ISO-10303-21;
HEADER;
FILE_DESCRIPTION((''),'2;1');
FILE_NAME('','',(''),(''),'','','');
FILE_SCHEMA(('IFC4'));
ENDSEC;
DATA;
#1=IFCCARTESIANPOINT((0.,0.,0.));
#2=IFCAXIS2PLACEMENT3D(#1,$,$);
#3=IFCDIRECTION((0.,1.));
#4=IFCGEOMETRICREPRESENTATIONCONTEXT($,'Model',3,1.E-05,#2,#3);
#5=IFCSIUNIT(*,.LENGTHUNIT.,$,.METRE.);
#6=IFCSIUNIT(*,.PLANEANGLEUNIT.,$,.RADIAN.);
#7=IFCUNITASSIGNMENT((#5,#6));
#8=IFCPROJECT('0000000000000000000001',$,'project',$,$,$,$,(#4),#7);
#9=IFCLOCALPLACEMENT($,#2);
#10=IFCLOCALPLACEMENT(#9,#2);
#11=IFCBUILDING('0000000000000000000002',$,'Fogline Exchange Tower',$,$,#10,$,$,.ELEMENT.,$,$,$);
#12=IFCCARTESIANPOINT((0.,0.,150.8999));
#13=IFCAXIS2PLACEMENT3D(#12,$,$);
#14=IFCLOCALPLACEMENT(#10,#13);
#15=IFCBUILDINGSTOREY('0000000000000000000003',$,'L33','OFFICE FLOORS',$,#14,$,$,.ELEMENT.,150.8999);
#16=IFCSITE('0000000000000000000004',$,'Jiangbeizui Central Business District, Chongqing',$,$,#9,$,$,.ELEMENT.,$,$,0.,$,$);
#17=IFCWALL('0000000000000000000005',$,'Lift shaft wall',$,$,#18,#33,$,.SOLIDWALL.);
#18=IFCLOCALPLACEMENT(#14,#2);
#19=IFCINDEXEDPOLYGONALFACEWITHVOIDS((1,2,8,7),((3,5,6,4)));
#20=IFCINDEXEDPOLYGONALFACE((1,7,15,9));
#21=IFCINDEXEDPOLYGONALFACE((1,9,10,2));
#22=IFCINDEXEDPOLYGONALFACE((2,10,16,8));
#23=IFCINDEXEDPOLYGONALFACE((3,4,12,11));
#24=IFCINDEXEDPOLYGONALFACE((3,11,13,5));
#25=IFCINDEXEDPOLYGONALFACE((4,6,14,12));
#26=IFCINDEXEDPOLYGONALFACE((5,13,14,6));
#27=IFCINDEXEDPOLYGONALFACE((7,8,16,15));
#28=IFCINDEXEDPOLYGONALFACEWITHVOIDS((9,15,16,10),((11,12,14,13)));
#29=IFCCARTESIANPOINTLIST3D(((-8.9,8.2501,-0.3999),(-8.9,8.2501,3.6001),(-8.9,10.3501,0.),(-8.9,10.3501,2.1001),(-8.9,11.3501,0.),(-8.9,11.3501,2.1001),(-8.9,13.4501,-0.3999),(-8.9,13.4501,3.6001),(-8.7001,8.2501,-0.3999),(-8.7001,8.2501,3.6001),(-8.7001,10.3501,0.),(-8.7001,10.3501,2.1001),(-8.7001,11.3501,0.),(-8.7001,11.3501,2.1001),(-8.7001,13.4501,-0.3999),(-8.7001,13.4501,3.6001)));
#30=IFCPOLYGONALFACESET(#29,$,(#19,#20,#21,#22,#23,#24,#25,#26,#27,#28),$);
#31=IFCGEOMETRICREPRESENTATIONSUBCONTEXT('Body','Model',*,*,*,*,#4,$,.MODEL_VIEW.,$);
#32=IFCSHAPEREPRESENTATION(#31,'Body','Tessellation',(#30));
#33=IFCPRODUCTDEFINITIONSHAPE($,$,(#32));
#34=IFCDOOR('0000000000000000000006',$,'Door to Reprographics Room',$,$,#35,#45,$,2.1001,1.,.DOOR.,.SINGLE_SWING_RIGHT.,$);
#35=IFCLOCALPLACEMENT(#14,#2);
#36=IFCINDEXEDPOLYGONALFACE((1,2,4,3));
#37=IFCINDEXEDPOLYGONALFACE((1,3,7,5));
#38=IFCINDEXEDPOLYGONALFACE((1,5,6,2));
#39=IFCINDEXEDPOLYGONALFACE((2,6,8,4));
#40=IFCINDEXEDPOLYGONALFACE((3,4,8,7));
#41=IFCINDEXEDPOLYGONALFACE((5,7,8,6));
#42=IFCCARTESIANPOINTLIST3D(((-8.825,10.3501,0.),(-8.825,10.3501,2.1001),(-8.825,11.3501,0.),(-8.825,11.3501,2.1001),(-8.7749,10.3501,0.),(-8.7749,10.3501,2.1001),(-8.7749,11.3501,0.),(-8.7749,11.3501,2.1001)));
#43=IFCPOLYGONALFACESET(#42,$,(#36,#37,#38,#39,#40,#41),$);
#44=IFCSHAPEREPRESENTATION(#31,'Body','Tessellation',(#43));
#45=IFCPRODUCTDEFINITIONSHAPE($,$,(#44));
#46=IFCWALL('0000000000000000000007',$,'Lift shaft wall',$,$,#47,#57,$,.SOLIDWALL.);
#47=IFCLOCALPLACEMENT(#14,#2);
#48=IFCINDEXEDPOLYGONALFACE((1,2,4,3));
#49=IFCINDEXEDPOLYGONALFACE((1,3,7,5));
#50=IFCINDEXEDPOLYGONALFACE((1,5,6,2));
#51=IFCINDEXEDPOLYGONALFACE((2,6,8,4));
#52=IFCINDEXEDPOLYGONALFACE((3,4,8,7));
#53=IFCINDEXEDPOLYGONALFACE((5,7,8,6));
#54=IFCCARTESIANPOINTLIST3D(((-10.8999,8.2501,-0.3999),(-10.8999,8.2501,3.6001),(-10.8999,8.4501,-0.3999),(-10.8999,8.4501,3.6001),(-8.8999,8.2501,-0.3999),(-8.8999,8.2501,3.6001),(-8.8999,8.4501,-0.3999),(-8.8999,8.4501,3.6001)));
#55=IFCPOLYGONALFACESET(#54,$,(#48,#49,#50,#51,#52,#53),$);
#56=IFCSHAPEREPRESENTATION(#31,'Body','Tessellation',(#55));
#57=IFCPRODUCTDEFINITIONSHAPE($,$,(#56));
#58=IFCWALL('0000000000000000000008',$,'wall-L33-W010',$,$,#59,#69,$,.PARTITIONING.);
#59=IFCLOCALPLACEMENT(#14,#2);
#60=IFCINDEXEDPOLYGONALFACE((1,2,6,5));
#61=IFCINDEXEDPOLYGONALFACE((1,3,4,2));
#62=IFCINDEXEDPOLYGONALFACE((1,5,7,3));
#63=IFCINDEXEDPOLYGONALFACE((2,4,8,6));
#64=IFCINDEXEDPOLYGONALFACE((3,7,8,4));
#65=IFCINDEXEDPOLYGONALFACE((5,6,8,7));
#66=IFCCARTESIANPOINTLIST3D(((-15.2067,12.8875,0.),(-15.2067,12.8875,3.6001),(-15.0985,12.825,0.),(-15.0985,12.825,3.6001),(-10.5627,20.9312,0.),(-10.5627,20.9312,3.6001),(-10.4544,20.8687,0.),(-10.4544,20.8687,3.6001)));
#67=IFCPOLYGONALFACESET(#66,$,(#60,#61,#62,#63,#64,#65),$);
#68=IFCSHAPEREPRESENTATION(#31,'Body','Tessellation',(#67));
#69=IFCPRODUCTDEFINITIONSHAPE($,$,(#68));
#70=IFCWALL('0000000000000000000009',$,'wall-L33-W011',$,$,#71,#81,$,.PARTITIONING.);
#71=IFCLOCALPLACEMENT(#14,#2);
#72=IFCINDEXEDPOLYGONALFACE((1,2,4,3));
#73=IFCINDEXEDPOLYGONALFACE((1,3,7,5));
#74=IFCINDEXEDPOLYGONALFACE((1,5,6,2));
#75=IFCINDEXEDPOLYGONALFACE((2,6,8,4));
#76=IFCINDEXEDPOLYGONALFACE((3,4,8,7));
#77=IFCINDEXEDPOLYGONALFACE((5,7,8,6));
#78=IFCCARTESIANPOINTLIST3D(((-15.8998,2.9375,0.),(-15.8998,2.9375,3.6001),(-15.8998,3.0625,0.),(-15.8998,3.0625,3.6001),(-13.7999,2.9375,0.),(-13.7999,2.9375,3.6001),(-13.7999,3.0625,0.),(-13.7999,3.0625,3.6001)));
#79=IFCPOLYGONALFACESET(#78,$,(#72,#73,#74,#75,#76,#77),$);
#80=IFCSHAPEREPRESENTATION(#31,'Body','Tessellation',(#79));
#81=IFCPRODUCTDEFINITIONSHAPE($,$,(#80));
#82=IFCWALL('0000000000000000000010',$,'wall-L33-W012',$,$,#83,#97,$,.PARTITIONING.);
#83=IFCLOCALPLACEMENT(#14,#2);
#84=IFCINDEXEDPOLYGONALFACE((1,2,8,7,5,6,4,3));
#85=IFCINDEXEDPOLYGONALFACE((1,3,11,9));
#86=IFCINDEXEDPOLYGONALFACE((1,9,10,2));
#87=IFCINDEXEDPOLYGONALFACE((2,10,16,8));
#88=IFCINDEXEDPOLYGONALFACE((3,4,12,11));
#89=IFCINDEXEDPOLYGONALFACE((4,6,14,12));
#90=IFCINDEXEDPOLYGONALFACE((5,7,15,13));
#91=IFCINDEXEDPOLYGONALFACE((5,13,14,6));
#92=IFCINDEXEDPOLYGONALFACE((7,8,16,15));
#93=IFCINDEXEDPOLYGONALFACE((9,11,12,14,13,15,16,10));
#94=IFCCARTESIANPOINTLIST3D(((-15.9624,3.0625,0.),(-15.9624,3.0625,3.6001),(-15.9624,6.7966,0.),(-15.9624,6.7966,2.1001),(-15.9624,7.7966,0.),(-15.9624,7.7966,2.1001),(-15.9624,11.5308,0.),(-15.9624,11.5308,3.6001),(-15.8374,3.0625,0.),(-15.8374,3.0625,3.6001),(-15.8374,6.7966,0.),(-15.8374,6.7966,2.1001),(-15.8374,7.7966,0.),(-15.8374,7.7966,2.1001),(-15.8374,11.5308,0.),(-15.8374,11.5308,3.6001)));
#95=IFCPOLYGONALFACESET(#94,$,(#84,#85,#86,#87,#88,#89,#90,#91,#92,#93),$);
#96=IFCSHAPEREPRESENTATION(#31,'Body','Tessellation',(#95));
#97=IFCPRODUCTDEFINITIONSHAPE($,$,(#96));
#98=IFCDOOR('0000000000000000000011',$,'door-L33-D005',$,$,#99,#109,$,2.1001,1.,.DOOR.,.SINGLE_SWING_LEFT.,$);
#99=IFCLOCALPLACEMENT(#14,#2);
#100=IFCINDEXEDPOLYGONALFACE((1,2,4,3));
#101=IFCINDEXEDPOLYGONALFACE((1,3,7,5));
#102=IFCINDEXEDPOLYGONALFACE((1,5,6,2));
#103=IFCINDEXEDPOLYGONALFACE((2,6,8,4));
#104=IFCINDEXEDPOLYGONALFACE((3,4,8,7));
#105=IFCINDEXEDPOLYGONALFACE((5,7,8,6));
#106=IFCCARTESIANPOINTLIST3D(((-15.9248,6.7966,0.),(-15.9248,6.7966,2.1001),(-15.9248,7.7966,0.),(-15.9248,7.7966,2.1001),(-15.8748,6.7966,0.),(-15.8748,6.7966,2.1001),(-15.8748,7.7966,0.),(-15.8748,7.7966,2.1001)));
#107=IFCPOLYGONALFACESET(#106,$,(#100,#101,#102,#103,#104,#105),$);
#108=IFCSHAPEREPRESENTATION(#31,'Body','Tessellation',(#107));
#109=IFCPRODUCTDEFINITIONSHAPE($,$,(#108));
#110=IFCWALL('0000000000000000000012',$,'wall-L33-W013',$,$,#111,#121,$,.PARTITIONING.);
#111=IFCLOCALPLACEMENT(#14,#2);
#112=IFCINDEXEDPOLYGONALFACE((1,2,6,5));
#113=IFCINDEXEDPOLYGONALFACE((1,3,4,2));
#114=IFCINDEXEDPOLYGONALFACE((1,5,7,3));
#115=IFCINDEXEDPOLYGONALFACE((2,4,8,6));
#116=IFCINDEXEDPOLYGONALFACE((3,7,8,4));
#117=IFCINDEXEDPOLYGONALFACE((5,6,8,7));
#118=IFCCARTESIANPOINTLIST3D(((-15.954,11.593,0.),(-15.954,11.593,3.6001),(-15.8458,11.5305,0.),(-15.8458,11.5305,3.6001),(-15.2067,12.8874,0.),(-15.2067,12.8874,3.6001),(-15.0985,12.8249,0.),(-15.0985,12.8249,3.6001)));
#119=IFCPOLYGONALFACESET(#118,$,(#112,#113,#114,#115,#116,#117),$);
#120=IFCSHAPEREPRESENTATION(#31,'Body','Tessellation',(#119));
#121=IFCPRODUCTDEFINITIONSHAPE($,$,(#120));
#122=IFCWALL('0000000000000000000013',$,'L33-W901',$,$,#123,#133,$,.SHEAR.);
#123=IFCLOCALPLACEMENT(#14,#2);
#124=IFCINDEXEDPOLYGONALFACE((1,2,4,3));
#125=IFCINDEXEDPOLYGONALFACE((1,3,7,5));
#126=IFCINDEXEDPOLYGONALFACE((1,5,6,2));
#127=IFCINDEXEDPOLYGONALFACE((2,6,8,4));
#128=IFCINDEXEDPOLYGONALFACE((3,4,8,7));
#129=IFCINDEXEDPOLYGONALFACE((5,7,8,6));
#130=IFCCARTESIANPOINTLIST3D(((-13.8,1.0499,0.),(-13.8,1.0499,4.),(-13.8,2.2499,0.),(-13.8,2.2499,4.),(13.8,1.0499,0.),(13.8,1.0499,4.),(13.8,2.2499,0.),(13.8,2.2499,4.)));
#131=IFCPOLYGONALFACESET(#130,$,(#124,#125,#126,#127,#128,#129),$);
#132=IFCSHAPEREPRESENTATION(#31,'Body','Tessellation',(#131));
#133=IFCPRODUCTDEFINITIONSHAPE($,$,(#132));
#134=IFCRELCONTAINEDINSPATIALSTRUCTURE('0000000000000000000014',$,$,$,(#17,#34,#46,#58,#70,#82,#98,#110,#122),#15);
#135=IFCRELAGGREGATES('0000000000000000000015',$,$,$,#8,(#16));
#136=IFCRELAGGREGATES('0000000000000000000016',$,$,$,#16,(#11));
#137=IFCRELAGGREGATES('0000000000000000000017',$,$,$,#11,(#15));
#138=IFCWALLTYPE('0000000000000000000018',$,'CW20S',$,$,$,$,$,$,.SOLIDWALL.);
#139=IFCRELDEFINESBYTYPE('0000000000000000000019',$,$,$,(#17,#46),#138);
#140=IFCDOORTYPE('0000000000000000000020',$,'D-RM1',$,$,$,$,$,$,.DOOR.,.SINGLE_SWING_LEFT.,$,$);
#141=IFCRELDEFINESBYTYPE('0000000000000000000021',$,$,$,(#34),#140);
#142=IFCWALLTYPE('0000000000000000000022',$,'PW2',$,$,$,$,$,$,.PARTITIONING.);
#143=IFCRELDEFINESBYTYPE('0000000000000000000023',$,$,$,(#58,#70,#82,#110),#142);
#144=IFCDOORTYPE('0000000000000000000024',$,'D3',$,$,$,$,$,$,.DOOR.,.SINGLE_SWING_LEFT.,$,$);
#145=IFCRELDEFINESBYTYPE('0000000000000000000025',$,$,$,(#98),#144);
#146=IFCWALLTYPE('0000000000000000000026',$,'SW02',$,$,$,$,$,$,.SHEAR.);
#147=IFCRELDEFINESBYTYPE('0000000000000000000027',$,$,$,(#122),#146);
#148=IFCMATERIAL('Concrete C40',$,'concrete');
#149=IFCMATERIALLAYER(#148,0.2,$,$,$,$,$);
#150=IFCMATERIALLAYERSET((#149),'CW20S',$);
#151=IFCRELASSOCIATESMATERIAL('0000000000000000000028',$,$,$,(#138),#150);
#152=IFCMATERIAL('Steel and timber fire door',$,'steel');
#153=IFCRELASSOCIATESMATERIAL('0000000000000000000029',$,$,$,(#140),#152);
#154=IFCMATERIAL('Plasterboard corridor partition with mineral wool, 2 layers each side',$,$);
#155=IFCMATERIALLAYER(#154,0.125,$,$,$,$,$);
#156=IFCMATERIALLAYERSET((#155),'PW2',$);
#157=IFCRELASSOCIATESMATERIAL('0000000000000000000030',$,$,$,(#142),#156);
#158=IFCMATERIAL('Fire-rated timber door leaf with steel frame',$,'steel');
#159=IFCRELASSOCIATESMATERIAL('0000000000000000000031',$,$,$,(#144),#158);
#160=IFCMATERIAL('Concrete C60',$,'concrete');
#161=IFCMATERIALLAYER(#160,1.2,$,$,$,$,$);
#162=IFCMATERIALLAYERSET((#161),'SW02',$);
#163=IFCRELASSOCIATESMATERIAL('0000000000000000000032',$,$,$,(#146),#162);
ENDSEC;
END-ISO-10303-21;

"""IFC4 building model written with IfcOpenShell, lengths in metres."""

from ifc_helpers import new_model, si_unit, direction, frame, frame_2d, origin, place, context, subcontext, project, spatial, rectangle, extrude, material, layer, layer_set, type_object, element, fill, save


model = new_model("IFC4")

# Units and contexts
model_context = context("Model", 3, precision=1e-05, world=origin(), true_north=direction((0.0, 1.0)))
body_context = subcontext(model_context, "Body", "Model", "MODEL_VIEW")
ifc_project = project(units=[si_unit("LENGTHUNIT", "METRE"), si_unit("PLANEANGLEUNIT", "RADIAN")], contexts=[model_context])

# Site, building, storey
site_placement = place(None, origin())
site = spatial("IfcSite", under=ifc_project, at=site_placement, Name="Jiangbeizui Central Business District, Chongqing", CompositionType="ELEMENT", RefElevation=0.0)
building_placement = place(site_placement, origin())
building = spatial("IfcBuilding", under=site, at=building_placement, Name="Fogline Exchange Tower", CompositionType="ELEMENT")
storey_placement = place(building_placement, frame((0.0, 0.0, 150.8999)))
storey = spatial("IfcBuildingStorey", under=building, at=storey_placement, Name="L33", Description="OFFICE FLOORS", CompositionType="ELEMENT", Elevation=150.8999)

# Shared definitions
ifc_material_1 = material(Name="Concrete C40", Category="concrete")

# Shared definitions
ifc_material_2 = material(Name="Steel and timber fire door", Category="steel")

# Wall, opening, door
ifc_layer_1 = layer(ifc_material_1, 0.2)
ifc_layer_set_1 = layer_set([ifc_layer_1], Name="CW20S")
wall_type_1 = type_object("IfcWallType", Name="CW20S", PredefinedType="SOLIDWALL", material=ifc_layer_set_1)
wall_1_placement = place(storey_placement, frame((-8.8, 8.25, -0.3999), z_axis=(0.0, 0.0, 1.0), x_axis=(0.0, 1.0, 0.0)))
wall_1 = element("IfcWall", 1, at=wall_1_placement, inside=storey, type_object=wall_type_1, Name="Lift shaft wall", PredefinedType="SOLIDWALL", context=body_context, shape_type="SweptSolid", body=[
    extrude(rectangle(XDim=5.2, YDim=0.2, at=frame_2d((2.6001, 0.0))), origin(), (0.0, 0.0, 1.0), 4.0),
])
opening_1_placement = place(wall_1_placement, frame((2.1001, 0.0, 0.3999)))
opening_1 = element("IfcOpeningElement", 2, at=opening_1_placement, cuts=wall_1, PredefinedType="OPENING", context=body_context, shape_type="SweptSolid", body=[
    extrude(rectangle(XDim=1.0, YDim=2.1001, at=frame_2d((0.5, 1.05))), frame((0.0, 0.1099, 0.0), z_axis=(0.0, -1.0, 0.0), x_axis=(1.0, 0.0, 0.0)), (0.0, 0.0, 1.0), 0.22),
])
door_type_1 = type_object("IfcDoorType", Name="D-RM1", OperationType="SINGLE_SWING_LEFT", PredefinedType="DOOR", material=ifc_material_2)
door_1_placement = place(opening_1_placement, origin())
door_1 = element("IfcDoor", 3, at=door_1_placement, inside=storey, type_object=door_type_1, Name="Door to Reprographics Room", OperationType="SINGLE_SWING_RIGHT", OverallHeight=2.1001, OverallWidth=1.0, PredefinedType="DOOR", context=body_context, shape_type="SweptSolid", body=[
    extrude(rectangle(XDim=1.0, YDim=2.1001, at=frame_2d((0.5, 1.05))), frame((0.0, 0.0249, 0.0), z_axis=(0.0, -1.0, 0.0), x_axis=(1.0, 0.0, 0.0)), (0.0, 0.0, 1.0), 0.05),
])
fill(opening_1, door_1)

# Walls
wall_2_placement = place(storey_placement, frame((-10.8999, 8.3501, -0.3999), z_axis=(0.0, 0.0, 1.0), x_axis=(1.0, 0.0, 0.0)))
element("IfcWall", 4, at=wall_2_placement, inside=storey, type_object=wall_type_1, Name="Lift shaft wall", PredefinedType="SOLIDWALL", context=body_context, shape_type="SweptSolid", body=[
    extrude(rectangle(XDim=2.0, YDim=0.2, at=frame_2d((1.0, 0.0))), origin(), (0.0, 0.0, 1.0), 4.0),
])
ifc_material_3 = material(Name="Plasterboard corridor partition with mineral wool, 2 layers each side")
ifc_layer_2 = layer(ifc_material_3, 0.125)
ifc_layer_set_2 = layer_set([ifc_layer_2], Name="PW2")
wall_type_2 = type_object("IfcWallType", Name="PW2", PredefinedType="PARTITIONING", material=ifc_layer_set_2)
wall_3_placement = place(storey_placement, frame((-15.1526, 12.8562, 0.0), z_axis=(0.0, 0.0, 1.0), x_axis=(0.500001, 0.866025, 0.0)))
element("IfcWall", 5, at=wall_3_placement, inside=storey, type_object=wall_type_2, Name="wall-L33-W010", PredefinedType="PARTITIONING", context=body_context, shape_type="SweptSolid", body=[
    extrude(rectangle(XDim=9.2881, YDim=0.125, at=frame_2d((4.644, 0.0))), origin(), (0.0, 0.0, 1.0), 3.6001),
])
wall_4_placement = place(storey_placement, frame((-13.8, 3.0, 0.0), z_axis=(0.0, 0.0, 1.0), x_axis=(-1.0, 0.0, 0.0)))
element("IfcWall", 6, at=wall_4_placement, inside=storey, type_object=wall_type_2, Name="wall-L33-W011", PredefinedType="PARTITIONING", context=body_context, shape_type="SweptSolid", body=[
    extrude(rectangle(XDim=2.0999, YDim=0.125, at=frame_2d((1.0498, 0.0))), origin(), (0.0, 0.0, 1.0), 3.6001),
])

# Wall, opening, door
wall_5_placement = place(storey_placement, frame((-15.8999, 3.0625, 0.0), z_axis=(0.0, 0.0, 1.0), x_axis=(0.0, 1.0, 0.0)))
wall_5 = element("IfcWall", 7, at=wall_5_placement, inside=storey, type_object=wall_type_2, Name="wall-L33-W012", PredefinedType="PARTITIONING", context=body_context, shape_type="SweptSolid", body=[
    extrude(rectangle(XDim=8.4683, YDim=0.125, at=frame_2d((4.2341, 0.0))), origin(), (0.0, 0.0, 1.0), 3.6001),
])
opening_2_placement = place(wall_5_placement, frame((3.7341, 0.0, 0.0)))
opening_2 = element("IfcOpeningElement", 8, at=opening_2_placement, cuts=wall_5, PredefinedType="OPENING", context=body_context, shape_type="SweptSolid", body=[
    extrude(rectangle(XDim=1.0, YDim=2.1001, at=frame_2d((0.5, 1.05))), frame((0.0, 0.0725, 0.0), z_axis=(0.0, -1.0, 0.0), x_axis=(1.0, 0.0, 0.0)), (0.0, 0.0, 1.0), 0.145),
])
ifc_material_4 = material(Name="Fire-rated timber door leaf with steel frame", Category="steel")
door_type_2 = type_object("IfcDoorType", Name="D3", OperationType="SINGLE_SWING_LEFT", PredefinedType="DOOR", material=ifc_material_4)
door_2_placement = place(opening_2_placement, origin())
door_2 = element("IfcDoor", 9, at=door_2_placement, inside=storey, type_object=door_type_2, Name="door-L33-D005", OperationType="SINGLE_SWING_LEFT", OverallHeight=2.1001, OverallWidth=1.0, PredefinedType="DOOR", context=body_context, shape_type="SweptSolid", body=[
    extrude(rectangle(XDim=1.0, YDim=2.1001, at=frame_2d((0.5, 1.05))), frame((0.0, 0.0249, 0.0), z_axis=(0.0, -1.0, 0.0), x_axis=(1.0, 0.0, 0.0)), (0.0, 0.0, 1.0), 0.05),
])
fill(opening_2, door_2)

# Walls
wall_6_placement = place(storey_placement, frame((-15.8999, 11.5618, 0.0), z_axis=(0.0, 0.0, 1.0), x_axis=(0.499986, 0.866033, 0.0)))
element("IfcWall", 10, at=wall_6_placement, inside=storey, type_object=wall_type_2, Name="wall-L33-W013", PredefinedType="PARTITIONING", context=body_context, shape_type="SweptSolid", body=[
    extrude(rectangle(XDim=1.4946, YDim=0.125, at=frame_2d((0.7473, 0.0))), origin(), (0.0, 0.0, 1.0), 3.6001),
])
ifc_material_5 = material(Name="Concrete C60", Category="concrete")
ifc_layer_3 = layer(ifc_material_5, 1.2)
ifc_layer_set_3 = layer_set([ifc_layer_3], Name="SW02")
wall_type_3 = type_object("IfcWallType", Name="SW02", PredefinedType="SHEAR", material=ifc_layer_set_3)
wall_7_placement = place(storey_placement, frame((-13.8, 1.6499, 0.0), z_axis=(0.0, 0.0, 1.0), x_axis=(1.0, 0.0, 0.0)))
element("IfcWall", 11, at=wall_7_placement, inside=storey, type_object=wall_type_3, Name="L33-W901", PredefinedType="SHEAR", context=body_context, shape_type="SweptSolid", body=[
    extrude(rectangle(XDim=27.6001, YDim=1.2, at=frame_2d((13.8, 0.0))), origin(), (0.0, 0.0, 1.0), 4.0),
])

save(model, "model.ifc")
